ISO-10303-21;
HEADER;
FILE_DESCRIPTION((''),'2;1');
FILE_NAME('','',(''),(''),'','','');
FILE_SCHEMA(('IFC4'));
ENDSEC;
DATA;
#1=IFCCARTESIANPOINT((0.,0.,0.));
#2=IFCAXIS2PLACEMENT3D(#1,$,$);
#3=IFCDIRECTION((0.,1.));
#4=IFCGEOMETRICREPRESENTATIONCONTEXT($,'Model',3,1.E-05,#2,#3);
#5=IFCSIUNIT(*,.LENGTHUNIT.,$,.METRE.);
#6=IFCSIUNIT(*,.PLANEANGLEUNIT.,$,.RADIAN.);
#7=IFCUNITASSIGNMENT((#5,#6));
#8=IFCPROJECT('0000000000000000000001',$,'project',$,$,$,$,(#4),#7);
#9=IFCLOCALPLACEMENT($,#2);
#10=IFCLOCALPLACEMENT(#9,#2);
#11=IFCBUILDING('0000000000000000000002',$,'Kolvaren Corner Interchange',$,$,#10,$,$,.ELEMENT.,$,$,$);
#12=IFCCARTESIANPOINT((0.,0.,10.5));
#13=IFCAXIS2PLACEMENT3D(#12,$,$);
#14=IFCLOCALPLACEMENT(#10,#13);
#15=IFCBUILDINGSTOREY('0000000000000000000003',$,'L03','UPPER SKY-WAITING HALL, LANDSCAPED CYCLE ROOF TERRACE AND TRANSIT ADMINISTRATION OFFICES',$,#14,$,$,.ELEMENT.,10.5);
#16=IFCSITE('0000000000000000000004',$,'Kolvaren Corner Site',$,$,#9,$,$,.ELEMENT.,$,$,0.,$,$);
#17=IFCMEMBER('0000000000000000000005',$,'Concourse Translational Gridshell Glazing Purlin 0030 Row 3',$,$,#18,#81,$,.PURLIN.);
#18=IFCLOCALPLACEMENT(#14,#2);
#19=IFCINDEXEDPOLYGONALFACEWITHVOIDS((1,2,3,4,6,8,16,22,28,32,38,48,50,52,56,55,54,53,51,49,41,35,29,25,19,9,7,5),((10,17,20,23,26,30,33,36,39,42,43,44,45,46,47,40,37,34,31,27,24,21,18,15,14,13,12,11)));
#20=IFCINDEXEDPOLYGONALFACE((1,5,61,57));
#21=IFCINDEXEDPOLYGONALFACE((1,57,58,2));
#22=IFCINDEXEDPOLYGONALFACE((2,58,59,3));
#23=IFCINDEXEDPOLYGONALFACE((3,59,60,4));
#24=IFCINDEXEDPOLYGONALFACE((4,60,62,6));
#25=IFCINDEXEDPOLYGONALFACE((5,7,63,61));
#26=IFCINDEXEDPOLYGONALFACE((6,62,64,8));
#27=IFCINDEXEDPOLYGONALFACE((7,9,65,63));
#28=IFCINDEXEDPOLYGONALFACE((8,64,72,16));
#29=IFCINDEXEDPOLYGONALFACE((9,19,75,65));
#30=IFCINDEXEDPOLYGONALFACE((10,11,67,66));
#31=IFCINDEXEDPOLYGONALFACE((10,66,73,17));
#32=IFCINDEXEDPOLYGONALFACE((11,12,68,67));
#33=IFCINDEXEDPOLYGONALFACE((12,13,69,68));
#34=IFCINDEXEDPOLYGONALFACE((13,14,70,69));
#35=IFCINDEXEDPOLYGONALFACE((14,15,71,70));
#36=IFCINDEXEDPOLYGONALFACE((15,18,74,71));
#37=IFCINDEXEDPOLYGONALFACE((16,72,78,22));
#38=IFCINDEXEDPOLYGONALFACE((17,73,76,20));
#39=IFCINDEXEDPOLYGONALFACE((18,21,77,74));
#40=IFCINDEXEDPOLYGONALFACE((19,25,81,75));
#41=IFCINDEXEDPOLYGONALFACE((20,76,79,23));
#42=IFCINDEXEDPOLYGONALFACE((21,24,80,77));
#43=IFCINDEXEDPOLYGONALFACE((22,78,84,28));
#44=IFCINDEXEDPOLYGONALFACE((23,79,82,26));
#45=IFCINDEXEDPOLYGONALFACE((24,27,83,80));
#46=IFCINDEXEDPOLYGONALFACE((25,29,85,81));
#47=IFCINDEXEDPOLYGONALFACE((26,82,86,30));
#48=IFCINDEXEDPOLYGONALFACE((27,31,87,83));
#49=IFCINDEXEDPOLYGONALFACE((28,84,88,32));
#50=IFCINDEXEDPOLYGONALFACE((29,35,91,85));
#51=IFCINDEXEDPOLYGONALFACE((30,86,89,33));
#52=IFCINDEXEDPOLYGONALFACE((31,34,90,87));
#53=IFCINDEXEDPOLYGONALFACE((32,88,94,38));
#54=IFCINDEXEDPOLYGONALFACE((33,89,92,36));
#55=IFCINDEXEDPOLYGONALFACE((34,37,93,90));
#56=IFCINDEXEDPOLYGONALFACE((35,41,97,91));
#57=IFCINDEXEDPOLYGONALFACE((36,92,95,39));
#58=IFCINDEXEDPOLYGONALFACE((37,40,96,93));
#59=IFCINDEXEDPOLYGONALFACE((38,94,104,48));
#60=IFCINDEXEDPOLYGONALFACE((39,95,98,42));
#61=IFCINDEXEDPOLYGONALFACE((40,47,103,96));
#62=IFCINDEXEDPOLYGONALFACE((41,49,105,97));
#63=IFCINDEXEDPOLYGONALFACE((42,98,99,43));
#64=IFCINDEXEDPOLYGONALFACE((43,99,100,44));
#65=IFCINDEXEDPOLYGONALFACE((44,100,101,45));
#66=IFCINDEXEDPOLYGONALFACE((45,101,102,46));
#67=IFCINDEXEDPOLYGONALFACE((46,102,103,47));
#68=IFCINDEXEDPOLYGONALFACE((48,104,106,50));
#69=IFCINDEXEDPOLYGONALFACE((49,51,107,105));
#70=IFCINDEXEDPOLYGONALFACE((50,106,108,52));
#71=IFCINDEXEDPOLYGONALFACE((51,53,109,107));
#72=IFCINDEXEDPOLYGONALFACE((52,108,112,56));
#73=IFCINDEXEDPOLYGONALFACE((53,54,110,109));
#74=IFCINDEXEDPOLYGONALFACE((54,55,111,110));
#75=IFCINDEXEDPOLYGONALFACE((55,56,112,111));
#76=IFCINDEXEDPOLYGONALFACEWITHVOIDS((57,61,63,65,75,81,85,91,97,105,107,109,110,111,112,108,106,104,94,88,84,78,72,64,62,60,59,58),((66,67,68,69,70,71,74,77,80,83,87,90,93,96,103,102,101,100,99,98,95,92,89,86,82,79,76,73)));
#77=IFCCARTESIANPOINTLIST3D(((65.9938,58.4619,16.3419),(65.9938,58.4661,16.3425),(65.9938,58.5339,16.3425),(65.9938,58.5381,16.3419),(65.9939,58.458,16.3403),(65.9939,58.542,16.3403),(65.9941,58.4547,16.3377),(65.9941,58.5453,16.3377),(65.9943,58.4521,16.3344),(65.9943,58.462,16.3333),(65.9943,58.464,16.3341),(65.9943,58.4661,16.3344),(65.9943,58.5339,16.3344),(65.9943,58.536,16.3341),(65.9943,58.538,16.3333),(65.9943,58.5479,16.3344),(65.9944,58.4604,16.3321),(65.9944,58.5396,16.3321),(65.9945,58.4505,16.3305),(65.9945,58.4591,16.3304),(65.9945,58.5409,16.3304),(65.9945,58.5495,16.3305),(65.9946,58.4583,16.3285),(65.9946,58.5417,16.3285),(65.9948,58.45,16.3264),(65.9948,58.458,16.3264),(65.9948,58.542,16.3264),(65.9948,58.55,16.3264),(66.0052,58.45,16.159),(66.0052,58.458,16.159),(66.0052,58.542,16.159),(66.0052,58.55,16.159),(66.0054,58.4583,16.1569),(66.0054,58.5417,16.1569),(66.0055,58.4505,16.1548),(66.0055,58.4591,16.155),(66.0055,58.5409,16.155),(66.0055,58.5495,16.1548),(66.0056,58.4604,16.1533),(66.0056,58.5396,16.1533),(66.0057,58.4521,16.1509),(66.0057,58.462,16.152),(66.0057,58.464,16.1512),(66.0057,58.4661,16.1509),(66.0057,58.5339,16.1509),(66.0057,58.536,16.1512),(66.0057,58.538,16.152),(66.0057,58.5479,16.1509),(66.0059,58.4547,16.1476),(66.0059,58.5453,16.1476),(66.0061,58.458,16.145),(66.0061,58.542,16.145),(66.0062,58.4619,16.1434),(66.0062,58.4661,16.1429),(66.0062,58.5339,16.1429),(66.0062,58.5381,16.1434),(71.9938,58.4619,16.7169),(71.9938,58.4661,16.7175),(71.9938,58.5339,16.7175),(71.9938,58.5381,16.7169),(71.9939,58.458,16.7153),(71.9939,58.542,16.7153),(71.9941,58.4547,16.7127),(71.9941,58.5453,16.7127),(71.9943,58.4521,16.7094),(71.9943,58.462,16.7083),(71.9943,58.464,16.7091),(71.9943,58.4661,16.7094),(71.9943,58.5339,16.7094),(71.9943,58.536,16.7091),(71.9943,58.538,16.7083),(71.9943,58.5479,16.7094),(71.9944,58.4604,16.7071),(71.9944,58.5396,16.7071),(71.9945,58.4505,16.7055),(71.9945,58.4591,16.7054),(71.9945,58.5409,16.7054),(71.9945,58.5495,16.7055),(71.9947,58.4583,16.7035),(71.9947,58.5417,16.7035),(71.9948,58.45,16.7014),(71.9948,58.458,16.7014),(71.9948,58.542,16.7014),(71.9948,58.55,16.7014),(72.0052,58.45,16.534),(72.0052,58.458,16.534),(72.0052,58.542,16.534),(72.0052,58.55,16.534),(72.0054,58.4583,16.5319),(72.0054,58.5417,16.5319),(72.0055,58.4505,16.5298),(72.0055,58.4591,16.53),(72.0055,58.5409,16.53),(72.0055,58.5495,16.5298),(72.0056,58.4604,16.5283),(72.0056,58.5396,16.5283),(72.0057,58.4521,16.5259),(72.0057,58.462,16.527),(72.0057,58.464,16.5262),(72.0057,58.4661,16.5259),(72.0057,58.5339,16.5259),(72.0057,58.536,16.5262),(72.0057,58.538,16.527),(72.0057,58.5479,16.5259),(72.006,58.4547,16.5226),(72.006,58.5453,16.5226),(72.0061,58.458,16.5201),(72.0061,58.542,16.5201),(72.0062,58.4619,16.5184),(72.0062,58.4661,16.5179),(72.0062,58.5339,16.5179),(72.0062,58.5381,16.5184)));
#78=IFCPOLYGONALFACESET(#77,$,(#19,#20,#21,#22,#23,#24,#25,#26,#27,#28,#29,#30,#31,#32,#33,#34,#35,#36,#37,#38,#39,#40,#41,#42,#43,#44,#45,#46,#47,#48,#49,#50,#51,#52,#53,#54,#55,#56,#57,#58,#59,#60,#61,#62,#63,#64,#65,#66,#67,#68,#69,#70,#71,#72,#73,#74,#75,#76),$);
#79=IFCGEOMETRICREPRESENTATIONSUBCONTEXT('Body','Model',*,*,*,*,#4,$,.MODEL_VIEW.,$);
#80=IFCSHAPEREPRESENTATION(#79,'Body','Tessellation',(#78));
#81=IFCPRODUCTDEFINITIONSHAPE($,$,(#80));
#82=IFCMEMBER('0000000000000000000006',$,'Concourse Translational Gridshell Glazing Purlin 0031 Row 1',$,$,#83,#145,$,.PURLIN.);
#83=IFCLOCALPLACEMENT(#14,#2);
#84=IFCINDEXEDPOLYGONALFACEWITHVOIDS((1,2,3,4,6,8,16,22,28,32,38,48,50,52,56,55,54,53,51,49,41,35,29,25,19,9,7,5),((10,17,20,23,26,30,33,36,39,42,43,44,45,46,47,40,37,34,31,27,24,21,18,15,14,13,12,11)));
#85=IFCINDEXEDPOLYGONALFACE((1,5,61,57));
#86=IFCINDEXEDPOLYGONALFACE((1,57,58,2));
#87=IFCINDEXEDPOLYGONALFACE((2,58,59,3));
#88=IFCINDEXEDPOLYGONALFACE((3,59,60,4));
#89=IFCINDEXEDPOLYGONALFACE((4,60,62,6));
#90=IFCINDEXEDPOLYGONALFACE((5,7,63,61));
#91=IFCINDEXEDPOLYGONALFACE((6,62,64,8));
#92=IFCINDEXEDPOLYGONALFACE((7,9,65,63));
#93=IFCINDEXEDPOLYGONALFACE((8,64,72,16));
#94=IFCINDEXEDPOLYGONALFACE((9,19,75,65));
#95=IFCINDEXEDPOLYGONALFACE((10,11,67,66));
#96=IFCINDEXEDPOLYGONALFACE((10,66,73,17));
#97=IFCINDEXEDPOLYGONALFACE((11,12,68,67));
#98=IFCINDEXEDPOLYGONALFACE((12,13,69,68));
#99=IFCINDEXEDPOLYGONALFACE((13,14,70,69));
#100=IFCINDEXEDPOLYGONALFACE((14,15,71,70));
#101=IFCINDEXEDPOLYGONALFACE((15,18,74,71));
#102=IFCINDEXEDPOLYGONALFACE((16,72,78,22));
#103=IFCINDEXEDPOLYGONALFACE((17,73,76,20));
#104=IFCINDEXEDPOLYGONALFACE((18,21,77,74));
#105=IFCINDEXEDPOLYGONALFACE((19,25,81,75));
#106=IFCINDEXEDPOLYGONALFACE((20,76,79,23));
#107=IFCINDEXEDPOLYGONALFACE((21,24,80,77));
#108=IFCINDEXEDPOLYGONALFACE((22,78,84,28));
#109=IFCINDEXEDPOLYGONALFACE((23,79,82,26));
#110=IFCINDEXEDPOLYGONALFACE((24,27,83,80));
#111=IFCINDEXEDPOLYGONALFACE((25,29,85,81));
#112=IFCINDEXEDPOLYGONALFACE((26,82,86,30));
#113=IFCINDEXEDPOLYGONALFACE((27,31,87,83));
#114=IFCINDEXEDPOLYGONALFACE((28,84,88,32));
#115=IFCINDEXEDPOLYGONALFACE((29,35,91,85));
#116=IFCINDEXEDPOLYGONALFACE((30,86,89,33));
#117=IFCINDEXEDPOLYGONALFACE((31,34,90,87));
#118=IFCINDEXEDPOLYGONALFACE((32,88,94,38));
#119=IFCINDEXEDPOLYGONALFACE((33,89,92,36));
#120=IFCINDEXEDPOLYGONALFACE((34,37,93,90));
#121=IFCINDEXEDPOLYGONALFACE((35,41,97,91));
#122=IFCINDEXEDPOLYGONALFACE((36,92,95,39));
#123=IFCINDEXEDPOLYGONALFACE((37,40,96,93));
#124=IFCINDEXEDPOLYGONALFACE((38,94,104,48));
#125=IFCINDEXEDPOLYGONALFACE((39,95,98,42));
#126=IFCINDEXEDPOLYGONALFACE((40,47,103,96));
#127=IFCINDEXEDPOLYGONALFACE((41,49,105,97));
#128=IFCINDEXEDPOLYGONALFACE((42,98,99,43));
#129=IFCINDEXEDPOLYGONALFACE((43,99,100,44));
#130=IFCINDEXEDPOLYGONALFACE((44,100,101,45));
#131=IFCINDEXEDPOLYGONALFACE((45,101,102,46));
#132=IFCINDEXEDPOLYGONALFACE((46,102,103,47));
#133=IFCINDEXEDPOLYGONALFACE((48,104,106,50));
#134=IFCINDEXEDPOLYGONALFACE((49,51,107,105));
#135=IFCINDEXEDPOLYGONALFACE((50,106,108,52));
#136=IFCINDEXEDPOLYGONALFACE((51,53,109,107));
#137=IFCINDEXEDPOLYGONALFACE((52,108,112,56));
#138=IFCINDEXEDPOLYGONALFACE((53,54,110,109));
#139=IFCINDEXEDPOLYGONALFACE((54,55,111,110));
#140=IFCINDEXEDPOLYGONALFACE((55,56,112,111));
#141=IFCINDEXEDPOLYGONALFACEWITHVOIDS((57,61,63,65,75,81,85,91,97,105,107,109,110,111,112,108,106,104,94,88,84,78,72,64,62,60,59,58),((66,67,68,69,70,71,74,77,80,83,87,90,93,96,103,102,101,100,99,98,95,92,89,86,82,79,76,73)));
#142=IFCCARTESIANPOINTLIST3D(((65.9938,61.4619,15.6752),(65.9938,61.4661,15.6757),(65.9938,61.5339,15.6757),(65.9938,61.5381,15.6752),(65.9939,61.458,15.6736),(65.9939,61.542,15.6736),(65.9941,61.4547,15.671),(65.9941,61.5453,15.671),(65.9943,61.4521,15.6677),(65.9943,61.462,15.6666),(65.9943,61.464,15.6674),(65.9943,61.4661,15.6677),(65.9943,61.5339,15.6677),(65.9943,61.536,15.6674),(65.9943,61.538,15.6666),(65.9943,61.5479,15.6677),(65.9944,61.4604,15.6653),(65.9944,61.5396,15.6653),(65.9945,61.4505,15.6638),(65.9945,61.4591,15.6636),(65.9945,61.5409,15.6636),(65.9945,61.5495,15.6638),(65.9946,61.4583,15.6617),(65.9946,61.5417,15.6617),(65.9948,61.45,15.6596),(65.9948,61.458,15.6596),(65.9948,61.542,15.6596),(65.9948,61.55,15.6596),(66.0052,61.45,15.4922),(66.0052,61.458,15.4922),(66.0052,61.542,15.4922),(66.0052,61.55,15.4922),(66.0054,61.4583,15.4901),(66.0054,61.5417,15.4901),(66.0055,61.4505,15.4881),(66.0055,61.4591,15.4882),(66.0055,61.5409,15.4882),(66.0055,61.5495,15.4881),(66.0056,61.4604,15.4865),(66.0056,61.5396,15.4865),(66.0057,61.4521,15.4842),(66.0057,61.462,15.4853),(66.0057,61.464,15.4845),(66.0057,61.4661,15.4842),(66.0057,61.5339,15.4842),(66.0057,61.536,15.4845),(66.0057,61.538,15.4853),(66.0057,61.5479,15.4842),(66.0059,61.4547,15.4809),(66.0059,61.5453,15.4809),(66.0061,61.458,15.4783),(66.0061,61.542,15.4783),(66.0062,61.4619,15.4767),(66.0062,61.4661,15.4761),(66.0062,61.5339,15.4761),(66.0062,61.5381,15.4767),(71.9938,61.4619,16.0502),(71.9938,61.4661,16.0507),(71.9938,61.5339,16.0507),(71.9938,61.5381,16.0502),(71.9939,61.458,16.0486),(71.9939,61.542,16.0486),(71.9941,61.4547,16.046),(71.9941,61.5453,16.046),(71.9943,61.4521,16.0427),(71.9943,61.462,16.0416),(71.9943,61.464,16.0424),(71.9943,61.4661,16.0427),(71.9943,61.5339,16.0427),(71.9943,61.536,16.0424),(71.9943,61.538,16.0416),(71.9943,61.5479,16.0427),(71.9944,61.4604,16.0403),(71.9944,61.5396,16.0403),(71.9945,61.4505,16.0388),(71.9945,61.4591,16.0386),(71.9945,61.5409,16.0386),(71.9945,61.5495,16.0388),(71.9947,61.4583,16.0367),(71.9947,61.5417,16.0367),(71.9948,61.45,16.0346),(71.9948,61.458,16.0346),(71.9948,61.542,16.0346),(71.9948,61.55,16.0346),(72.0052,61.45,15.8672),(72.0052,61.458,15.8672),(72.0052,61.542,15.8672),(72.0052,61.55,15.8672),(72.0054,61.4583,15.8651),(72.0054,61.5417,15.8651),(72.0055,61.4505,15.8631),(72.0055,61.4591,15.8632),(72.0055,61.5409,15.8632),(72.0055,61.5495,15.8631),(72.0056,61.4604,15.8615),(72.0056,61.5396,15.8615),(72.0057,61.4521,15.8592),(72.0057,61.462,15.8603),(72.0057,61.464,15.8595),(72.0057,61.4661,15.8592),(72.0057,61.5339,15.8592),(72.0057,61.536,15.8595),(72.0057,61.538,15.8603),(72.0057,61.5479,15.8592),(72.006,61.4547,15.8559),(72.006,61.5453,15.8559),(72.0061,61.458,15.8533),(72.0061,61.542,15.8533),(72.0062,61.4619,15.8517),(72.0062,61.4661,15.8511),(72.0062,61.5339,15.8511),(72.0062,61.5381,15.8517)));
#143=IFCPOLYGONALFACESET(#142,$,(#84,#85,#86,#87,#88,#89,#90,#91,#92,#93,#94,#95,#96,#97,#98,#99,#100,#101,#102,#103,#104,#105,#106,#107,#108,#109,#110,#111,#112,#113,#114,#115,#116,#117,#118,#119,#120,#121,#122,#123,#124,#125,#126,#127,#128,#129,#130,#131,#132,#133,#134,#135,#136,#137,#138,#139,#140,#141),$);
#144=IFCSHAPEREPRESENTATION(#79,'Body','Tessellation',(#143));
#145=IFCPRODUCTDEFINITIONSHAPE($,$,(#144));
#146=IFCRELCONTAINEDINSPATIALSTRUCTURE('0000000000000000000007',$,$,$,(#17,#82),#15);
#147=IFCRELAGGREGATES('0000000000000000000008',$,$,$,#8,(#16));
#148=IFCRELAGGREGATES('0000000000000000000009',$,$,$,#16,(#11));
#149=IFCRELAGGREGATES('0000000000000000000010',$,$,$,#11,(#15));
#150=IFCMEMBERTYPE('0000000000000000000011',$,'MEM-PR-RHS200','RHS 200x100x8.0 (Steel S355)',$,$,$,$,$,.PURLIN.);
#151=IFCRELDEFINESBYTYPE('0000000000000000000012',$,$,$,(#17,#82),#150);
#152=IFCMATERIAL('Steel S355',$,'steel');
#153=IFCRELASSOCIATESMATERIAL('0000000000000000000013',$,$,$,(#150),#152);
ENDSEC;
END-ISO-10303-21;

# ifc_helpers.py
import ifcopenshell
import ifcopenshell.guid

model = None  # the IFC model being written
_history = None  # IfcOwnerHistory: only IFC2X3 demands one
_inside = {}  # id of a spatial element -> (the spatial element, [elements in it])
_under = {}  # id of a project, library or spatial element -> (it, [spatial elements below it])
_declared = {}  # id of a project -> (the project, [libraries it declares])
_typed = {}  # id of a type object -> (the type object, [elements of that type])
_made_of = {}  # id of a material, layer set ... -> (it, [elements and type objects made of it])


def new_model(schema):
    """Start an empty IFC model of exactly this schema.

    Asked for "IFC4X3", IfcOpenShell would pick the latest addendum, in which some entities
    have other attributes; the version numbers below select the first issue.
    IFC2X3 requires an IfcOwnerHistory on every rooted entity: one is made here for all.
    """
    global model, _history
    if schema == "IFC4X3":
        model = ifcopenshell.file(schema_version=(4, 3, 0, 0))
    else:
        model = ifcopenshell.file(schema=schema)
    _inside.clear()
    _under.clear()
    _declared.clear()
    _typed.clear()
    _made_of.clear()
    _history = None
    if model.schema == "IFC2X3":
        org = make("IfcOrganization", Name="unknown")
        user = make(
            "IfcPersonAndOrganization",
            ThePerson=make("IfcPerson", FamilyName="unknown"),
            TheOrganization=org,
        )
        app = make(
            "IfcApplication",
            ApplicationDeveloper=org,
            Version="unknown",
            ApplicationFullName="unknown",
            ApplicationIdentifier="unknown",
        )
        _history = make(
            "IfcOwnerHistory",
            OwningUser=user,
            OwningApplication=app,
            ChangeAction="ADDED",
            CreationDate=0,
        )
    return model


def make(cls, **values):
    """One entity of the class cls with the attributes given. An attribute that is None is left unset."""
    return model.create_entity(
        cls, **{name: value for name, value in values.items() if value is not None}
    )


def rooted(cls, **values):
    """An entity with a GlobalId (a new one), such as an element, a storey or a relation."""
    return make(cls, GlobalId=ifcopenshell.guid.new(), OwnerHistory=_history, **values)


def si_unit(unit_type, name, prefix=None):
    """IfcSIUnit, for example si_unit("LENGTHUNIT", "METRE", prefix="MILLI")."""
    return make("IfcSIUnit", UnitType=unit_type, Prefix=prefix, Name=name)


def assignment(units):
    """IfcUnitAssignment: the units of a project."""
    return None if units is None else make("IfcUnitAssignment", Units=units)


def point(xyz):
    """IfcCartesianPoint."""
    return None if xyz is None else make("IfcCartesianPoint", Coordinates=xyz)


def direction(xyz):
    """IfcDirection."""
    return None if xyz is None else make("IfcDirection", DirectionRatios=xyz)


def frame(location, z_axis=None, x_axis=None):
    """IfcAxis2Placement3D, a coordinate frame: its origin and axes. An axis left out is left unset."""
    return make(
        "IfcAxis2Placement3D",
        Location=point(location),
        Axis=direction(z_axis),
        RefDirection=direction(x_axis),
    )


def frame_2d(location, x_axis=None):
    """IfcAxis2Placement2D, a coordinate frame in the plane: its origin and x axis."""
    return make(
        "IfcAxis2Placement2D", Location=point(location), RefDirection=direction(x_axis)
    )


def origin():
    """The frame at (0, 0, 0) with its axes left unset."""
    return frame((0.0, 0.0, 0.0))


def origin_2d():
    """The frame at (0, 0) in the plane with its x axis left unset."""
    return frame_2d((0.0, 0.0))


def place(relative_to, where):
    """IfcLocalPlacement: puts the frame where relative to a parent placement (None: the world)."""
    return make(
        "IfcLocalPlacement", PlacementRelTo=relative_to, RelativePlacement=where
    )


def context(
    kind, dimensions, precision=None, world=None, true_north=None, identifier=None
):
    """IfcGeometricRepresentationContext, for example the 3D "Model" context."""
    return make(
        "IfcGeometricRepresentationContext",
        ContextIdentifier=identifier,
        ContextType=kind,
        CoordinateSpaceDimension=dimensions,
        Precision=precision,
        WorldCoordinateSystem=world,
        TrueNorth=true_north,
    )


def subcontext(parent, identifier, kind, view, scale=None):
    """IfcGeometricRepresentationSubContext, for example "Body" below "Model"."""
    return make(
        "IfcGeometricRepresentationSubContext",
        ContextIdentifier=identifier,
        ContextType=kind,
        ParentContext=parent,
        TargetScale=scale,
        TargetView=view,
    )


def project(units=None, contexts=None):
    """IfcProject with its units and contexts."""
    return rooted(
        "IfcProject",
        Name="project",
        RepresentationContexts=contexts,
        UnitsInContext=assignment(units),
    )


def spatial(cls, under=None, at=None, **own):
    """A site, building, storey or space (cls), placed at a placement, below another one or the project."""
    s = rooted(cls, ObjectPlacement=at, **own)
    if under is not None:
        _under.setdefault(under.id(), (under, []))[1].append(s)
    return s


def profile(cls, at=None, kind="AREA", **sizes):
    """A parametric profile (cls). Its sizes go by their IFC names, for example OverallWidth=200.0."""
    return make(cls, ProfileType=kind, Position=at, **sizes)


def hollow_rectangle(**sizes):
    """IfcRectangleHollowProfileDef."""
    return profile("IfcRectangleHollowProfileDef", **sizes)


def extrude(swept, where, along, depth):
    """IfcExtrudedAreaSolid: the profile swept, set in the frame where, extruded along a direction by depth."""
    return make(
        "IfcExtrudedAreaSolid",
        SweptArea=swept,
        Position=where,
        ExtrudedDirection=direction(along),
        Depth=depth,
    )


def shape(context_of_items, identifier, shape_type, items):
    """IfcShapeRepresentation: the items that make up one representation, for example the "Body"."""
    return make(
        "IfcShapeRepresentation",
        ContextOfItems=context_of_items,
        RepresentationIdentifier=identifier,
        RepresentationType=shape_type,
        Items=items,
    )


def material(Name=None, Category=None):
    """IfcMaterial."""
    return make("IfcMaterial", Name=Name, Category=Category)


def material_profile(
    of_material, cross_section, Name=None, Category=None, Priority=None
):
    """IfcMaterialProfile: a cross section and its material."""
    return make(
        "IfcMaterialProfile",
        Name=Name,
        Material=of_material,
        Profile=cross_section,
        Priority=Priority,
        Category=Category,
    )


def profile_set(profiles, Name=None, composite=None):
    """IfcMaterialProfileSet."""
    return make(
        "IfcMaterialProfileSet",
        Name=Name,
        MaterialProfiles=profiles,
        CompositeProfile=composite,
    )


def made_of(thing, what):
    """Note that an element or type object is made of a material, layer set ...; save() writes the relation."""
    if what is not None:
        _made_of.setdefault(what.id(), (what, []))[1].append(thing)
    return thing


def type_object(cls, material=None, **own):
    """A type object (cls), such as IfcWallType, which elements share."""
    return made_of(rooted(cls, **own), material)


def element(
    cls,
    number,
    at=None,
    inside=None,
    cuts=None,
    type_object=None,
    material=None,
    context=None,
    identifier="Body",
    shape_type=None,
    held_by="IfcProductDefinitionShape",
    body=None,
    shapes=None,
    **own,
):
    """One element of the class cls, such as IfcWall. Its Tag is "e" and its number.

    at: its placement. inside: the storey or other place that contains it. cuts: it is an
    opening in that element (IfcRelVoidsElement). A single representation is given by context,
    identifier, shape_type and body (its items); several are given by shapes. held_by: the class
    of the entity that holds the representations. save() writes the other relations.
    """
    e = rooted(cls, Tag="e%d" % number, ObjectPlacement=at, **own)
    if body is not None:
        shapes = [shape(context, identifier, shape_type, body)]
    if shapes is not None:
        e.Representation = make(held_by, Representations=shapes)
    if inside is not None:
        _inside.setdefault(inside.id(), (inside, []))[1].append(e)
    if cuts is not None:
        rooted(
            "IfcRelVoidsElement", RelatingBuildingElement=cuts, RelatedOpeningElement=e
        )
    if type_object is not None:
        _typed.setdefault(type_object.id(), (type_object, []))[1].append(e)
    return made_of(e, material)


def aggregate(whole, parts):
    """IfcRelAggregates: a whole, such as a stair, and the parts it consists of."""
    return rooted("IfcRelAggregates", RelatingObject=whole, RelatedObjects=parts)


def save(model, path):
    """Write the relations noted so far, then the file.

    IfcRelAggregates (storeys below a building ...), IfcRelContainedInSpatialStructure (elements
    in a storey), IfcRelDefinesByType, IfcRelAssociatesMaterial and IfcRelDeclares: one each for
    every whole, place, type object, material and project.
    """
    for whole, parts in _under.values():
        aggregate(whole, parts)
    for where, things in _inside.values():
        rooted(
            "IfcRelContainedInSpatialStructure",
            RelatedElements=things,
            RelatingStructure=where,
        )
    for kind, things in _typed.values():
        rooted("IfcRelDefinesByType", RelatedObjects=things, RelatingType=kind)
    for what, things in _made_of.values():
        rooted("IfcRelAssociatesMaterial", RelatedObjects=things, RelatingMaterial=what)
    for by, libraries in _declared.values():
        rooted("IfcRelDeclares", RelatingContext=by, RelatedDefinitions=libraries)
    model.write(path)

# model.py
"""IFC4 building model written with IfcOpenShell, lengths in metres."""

from ifc_helpers import new_model, si_unit, direction, frame, origin, origin_2d, place, context, subcontext, project, spatial, hollow_rectangle, extrude, material, material_profile, profile_set, type_object, element, save


model = new_model("IFC4")

# Units and contexts
model_context = context("Model", 3, precision=1e-05, world=origin(), true_north=direction((0.0, 1.0)))
body_context = subcontext(model_context, "Body", "Model", "MODEL_VIEW")
ifc_project = project(units=[si_unit("LENGTHUNIT", "METRE"), si_unit("PLANEANGLEUNIT", "RADIAN")], contexts=[model_context])

# Site, building, storey
site_placement = place(None, origin())
site = spatial("IfcSite", under=ifc_project, at=site_placement, Name="Kolvaren Corner Site", CompositionType="ELEMENT", RefElevation=0.0)
building_placement = place(site_placement, origin())
building = spatial("IfcBuilding", under=site, at=building_placement, Name="Kolvaren Corner Interchange", CompositionType="ELEMENT")
storey_placement = place(building_placement, frame((0.0, 0.0, 10.5)))
storey = spatial("IfcBuildingStorey", under=building, at=storey_placement, Name="L03", Description="UPPER SKY-WAITING HALL, LANDSCAPED CYCLE ROOF TERRACE AND TRANSIT ADMINISTRATION OFFICES", CompositionType="ELEMENT", Elevation=10.5)

# Members
ifc_material_1 = material(Name="Steel S355", Category="steel")
ifc_material_profile_1 = material_profile(ifc_material_1, hollow_rectangle(XDim=0.1001, YDim=0.2, WallThickness=0.0081, InnerFilletRadius=0.0081, OuterFilletRadius=0.0161, at=origin_2d()), Name="RHS 200x100x8.0")
ifc_profile_set_1 = profile_set([ifc_material_profile_1], Name="Steel S355")
member_type_1 = type_object("IfcMemberType", Name="MEM-PR-RHS200", Description="RHS 200x100x8.0 (Steel S355)", PredefinedType="PURLIN", material=ifc_profile_set_1)
for number, where, z_axis, x_axis, name in (
    (1, (66.0, 58.5, 16.2427), (0.998053, 0.0, 0.062378), (0.0, 1.0, 0.0), "Concourse Translational Gridshell Glazing Purlin 0030 Row 3"),
    (2, (66.0, 61.5, 15.5759), (0.998053, 0.0, 0.062378), (0.0, 1.0, 0.0), "Concourse Translational Gridshell Glazing Purlin 0031 Row 1"),
):
    element("IfcMember", number, at=place(storey_placement, frame(where, z_axis=z_axis, x_axis=x_axis)), inside=storey, type_object=member_type_1, Name=name, PredefinedType="PURLIN", context=body_context, shape_type="SweptSolid", body=[
        extrude(hollow_rectangle(XDim=0.1001, YDim=0.2, WallThickness=0.0081, InnerFilletRadius=0.0081, OuterFilletRadius=0.0161, at=origin_2d()), origin(), (0.0, 0.0, 1.0), 6.0117),
    ])

save(model, "model.ifc")
